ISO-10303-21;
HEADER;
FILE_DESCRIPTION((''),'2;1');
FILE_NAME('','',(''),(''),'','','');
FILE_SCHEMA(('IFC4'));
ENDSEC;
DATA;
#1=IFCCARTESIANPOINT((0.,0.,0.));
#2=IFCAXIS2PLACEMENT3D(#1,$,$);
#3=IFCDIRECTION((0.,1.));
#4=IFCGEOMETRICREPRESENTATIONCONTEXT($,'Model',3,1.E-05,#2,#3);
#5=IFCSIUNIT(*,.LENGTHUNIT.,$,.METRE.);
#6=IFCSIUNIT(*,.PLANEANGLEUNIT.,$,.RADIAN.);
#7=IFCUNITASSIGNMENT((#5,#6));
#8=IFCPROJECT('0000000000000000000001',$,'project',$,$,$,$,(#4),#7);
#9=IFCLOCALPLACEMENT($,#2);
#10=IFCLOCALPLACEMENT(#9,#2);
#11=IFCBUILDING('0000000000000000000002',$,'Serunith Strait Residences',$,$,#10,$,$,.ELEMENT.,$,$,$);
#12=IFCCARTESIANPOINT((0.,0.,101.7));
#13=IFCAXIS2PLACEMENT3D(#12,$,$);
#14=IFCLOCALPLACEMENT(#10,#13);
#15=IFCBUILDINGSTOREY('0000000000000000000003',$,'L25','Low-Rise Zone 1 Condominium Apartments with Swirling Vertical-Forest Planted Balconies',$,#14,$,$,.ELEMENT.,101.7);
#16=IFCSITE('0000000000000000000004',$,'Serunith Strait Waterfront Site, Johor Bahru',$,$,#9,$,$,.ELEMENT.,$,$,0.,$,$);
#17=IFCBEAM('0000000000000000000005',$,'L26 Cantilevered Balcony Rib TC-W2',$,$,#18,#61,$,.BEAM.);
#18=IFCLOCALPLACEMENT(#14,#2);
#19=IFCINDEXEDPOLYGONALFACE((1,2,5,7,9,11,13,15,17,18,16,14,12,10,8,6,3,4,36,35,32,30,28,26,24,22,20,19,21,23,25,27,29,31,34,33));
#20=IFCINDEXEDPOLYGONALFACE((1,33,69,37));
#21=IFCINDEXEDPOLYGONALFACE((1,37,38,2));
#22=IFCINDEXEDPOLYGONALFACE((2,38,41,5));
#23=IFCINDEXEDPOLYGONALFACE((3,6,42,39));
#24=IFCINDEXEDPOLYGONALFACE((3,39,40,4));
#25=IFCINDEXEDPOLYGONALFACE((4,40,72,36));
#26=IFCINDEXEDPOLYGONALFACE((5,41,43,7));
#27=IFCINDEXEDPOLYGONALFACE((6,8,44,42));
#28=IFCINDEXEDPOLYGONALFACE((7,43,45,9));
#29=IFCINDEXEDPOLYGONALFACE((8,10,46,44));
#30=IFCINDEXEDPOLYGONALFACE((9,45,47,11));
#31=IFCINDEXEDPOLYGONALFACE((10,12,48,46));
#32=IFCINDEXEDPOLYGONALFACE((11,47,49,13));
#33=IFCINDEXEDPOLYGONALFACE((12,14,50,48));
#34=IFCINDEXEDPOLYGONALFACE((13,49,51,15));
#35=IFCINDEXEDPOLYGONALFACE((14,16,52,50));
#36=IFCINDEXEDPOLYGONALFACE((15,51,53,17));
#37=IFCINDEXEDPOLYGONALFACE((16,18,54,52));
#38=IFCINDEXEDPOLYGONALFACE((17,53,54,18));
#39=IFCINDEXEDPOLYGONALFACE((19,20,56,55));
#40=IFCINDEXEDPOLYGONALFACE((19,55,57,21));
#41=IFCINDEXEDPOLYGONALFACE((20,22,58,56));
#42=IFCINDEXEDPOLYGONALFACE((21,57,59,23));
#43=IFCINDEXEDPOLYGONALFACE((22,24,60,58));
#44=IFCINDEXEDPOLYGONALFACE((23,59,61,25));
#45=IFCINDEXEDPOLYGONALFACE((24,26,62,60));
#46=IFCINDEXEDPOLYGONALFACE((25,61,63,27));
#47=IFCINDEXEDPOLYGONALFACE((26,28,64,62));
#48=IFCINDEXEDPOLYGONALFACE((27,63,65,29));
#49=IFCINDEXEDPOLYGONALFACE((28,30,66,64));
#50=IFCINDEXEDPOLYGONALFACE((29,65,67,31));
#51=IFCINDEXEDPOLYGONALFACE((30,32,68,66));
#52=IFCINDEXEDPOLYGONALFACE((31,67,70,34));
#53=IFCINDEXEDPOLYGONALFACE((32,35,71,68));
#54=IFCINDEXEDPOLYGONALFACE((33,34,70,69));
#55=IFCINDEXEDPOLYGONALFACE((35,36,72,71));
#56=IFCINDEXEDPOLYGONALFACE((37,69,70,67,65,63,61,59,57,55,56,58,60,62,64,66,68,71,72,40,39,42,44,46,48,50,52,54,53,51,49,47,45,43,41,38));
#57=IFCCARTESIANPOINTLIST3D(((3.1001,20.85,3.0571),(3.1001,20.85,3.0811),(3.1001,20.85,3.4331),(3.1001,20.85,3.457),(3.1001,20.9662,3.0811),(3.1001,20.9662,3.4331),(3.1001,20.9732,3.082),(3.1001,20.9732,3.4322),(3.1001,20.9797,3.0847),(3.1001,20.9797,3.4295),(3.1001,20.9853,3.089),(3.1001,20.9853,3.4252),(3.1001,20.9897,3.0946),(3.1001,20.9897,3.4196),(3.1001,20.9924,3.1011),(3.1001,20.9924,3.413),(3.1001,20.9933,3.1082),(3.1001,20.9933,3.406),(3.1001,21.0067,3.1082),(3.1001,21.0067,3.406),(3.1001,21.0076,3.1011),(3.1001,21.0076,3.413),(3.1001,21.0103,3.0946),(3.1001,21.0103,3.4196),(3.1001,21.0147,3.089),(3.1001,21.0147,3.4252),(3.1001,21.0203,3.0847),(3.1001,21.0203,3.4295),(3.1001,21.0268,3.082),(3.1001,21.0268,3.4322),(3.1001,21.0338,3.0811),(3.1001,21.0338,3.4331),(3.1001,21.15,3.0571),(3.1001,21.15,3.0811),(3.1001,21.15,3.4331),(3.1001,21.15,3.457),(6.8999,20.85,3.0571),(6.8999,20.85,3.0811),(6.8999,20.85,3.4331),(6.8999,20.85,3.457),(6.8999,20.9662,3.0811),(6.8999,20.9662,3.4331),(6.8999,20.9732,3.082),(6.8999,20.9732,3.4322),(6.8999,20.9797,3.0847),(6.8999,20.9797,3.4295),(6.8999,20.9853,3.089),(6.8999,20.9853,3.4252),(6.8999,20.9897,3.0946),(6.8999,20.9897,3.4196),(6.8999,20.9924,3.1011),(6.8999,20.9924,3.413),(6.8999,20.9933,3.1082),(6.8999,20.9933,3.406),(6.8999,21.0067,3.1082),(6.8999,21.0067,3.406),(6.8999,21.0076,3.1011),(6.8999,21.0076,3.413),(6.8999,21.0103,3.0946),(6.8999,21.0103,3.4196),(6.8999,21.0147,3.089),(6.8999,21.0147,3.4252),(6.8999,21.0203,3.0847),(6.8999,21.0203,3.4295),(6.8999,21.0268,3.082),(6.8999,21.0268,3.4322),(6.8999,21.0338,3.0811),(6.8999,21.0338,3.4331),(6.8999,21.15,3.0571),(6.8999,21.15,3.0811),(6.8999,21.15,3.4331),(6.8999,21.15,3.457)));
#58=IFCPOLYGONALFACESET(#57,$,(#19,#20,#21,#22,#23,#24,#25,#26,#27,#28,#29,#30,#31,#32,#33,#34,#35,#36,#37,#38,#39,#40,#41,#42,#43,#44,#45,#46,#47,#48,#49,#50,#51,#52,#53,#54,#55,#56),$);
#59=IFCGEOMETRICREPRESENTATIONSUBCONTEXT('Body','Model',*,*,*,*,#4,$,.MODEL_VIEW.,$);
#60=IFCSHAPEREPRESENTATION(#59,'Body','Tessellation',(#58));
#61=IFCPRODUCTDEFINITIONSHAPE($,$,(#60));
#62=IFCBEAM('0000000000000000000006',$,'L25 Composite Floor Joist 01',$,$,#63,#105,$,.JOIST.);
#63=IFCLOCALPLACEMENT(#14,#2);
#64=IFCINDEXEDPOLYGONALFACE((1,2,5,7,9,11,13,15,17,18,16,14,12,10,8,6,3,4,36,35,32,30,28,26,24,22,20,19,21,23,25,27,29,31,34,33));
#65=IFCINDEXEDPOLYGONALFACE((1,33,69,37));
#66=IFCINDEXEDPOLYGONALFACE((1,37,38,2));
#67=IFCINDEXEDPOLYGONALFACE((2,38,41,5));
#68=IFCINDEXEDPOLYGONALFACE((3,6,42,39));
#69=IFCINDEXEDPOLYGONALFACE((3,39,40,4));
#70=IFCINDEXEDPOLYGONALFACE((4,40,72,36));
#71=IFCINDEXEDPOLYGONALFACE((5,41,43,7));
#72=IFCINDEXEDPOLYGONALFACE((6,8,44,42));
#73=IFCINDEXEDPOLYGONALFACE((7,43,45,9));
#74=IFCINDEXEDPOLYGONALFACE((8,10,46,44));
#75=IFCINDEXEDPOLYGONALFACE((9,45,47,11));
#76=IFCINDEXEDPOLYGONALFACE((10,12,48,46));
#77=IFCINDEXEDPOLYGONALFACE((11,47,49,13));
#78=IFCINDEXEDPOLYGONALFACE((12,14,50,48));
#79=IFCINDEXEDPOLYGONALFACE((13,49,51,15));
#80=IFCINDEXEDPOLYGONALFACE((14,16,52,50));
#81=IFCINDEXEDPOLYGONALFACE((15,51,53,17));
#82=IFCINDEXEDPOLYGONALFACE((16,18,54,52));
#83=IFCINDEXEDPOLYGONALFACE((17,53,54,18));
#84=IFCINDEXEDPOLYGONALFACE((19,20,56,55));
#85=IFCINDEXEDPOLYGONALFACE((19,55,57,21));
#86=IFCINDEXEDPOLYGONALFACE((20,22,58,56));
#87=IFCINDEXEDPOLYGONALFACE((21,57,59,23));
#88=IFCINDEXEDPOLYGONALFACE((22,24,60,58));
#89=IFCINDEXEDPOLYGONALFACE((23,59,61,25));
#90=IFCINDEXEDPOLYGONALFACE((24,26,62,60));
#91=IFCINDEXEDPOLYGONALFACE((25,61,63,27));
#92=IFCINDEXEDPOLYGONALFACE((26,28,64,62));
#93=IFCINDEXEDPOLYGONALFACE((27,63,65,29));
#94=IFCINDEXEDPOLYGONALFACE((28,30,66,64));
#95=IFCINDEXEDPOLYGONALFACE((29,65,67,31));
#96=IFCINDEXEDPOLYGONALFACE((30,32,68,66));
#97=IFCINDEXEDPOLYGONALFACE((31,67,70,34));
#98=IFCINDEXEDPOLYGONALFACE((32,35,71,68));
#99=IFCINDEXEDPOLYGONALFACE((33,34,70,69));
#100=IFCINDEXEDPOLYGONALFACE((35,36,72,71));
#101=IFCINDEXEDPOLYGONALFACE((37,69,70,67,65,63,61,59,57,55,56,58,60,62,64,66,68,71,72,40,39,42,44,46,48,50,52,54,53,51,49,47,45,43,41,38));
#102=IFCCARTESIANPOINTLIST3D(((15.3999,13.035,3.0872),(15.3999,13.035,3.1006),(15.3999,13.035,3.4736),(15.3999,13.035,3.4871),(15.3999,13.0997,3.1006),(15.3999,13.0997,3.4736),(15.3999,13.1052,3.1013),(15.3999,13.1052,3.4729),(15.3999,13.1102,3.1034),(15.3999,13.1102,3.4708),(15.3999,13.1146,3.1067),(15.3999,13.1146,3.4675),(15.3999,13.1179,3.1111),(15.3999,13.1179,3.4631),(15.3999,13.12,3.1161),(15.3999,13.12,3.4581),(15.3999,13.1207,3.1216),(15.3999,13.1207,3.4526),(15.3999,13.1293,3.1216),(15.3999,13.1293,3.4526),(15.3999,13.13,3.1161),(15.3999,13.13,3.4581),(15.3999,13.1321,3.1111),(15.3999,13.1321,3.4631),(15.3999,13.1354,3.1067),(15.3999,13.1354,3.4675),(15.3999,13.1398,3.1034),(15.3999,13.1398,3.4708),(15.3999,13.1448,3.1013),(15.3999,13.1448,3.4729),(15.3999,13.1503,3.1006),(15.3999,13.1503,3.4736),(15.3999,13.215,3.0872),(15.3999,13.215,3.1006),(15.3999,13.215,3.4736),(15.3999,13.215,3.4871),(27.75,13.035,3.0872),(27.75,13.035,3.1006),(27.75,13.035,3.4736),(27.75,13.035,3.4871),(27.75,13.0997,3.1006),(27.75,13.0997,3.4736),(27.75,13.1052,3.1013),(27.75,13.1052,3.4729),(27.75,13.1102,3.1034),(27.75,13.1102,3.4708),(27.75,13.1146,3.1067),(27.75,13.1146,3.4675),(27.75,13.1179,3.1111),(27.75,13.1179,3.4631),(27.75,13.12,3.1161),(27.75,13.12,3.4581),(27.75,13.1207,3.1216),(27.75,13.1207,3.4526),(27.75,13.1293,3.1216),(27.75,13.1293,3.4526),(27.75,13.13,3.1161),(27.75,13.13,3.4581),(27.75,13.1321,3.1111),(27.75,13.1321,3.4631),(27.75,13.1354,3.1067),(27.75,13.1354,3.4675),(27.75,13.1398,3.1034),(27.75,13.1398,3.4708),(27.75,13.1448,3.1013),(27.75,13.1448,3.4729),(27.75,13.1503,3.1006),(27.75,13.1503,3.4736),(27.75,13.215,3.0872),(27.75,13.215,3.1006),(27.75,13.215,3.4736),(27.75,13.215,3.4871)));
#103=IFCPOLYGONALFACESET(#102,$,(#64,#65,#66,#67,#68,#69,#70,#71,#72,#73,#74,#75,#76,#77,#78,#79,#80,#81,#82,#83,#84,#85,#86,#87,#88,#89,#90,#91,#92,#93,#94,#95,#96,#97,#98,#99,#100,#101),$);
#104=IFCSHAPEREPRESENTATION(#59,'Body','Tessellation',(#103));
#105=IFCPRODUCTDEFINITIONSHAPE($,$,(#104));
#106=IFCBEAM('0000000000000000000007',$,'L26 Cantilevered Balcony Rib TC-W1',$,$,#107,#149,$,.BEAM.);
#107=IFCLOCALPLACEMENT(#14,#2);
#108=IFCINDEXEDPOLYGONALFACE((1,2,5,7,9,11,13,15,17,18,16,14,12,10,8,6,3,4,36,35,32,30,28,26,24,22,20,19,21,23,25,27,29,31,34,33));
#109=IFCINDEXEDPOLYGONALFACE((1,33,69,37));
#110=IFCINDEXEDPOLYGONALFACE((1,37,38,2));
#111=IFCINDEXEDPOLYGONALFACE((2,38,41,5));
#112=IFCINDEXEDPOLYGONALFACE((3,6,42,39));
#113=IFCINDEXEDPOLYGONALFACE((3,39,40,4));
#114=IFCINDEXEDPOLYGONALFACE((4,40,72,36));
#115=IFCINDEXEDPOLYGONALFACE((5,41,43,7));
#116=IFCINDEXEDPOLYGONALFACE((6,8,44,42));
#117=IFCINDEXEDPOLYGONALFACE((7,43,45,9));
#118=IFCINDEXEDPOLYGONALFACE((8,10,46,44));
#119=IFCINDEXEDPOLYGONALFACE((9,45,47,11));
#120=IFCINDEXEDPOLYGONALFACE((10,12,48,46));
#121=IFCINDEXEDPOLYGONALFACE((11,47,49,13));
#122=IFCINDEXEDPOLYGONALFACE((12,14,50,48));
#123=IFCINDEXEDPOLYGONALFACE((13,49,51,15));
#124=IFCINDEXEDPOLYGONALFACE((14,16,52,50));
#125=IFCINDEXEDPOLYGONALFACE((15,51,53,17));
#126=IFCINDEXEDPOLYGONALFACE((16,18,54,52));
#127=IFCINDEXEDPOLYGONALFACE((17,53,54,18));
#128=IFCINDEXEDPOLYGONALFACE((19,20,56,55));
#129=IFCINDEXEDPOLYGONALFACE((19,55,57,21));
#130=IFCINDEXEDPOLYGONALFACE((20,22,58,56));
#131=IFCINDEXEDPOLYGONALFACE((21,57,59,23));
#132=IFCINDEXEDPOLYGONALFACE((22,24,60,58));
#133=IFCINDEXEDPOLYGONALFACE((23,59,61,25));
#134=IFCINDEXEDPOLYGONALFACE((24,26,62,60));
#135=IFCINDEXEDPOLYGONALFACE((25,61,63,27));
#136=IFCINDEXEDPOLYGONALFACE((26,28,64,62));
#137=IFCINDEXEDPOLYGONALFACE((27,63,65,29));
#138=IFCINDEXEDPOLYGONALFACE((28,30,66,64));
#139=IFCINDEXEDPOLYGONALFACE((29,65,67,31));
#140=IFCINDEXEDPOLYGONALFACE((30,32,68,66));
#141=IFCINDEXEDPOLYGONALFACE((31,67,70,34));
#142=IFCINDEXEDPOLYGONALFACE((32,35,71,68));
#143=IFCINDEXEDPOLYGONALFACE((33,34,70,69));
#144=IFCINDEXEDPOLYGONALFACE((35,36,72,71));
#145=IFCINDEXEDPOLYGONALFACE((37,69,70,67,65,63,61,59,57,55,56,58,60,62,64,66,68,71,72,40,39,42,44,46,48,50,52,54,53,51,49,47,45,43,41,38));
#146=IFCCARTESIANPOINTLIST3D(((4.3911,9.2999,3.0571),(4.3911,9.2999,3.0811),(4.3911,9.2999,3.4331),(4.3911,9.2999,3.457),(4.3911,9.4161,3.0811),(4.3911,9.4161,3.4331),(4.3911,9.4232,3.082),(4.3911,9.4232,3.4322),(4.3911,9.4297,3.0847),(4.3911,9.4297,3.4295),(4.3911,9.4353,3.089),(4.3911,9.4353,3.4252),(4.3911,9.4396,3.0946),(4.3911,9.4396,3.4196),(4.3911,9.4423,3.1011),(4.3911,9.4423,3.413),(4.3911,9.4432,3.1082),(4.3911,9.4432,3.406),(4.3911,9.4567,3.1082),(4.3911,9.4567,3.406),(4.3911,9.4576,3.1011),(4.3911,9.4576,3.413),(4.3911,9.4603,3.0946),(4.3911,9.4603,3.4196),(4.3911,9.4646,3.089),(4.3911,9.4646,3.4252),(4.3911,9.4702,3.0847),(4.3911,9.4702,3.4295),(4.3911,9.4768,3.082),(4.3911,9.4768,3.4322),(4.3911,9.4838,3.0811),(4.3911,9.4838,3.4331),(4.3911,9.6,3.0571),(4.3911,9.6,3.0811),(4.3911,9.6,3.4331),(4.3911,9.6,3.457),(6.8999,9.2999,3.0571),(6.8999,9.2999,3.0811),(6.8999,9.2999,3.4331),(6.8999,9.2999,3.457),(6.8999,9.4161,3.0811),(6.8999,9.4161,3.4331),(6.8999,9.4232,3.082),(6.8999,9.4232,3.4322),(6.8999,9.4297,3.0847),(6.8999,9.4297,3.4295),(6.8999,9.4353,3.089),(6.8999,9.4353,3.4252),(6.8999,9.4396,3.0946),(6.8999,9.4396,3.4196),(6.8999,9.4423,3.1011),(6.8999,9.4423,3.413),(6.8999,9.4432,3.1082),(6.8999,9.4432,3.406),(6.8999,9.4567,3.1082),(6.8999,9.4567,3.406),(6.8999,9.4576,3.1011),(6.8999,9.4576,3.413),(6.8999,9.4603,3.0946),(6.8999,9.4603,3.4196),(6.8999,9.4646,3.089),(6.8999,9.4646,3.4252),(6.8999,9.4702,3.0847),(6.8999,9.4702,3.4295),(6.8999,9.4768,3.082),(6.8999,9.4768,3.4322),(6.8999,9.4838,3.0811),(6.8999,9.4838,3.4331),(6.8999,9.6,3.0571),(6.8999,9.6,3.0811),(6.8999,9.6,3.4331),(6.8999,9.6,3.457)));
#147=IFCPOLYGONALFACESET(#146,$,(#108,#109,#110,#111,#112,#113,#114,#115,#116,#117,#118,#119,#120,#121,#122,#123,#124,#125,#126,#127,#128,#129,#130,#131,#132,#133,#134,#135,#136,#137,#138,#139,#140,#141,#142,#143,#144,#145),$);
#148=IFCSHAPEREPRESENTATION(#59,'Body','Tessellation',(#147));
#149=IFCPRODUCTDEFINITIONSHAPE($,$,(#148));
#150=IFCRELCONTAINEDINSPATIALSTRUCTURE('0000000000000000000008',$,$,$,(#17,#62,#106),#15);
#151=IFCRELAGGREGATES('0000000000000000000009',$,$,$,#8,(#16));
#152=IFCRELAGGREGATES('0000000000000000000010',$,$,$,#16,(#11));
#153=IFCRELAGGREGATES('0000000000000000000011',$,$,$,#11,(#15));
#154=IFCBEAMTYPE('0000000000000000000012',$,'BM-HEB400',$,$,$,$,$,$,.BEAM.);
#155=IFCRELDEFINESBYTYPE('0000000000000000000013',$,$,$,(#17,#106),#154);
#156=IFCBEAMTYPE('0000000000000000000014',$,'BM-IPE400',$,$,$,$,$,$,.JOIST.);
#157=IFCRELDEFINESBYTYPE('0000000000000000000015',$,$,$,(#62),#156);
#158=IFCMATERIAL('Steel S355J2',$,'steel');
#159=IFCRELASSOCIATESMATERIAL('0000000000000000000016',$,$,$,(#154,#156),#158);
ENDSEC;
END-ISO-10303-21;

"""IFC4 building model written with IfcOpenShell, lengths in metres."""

from ifc_helpers import new_model, si_unit, direction, frame, origin, origin_2d, place, context, subcontext, project, spatial, i_section, extrude, source, transform, mapped, material, material_profile, profile_set, type_object, element, save


model = new_model("IFC4")

# Units and contexts
model_context = context("Model", 3, precision=1e-05, world=origin(), true_north=direction((0.0, 1.0)))
body_context = subcontext(model_context, "Body", "Model", "MODEL_VIEW")
ifc_project = project(units=[si_unit("LENGTHUNIT", "METRE"), si_unit("PLANEANGLEUNIT", "RADIAN")], contexts=[model_context])

# Site, building, storey
site_placement = place(None, origin())
site = spatial("IfcSite", under=ifc_project, at=site_placement, Name="Serunith Strait Waterfront Site, Johor Bahru", CompositionType="ELEMENT", RefElevation=0.0)
building_placement = place(site_placement, origin())
building = spatial("IfcBuilding", under=site, at=building_placement, Name="Serunith Strait Residences", CompositionType="ELEMENT")
storey_placement = place(building_placement, frame((0.0, 0.0, 101.7)))
storey = spatial("IfcBuildingStorey", under=building, at=storey_placement, Name="L25", Description="Low-Rise Zone 1 Condominium Apartments with Swirling Vertical-Forest Planted Balconies", CompositionType="ELEMENT", Elevation=101.7)

# Beams
ifc_material_1 = material(Name="Steel S355J2", Category="steel")
ifc_material_profile_1 = material_profile(ifc_material_1, i_section(OverallWidth=0.3, OverallDepth=0.3999, WebThickness=0.0134, FlangeThickness=0.0239, FilletRadius=0.0271, at=origin_2d()), Name="HEB 400")
ifc_profile_set_1 = profile_set([ifc_material_profile_1], Name="Steel S355J2")
beam_type_1 = type_object("IfcBeamType", Name="BM-HEB400", PredefinedType="BEAM", material=ifc_profile_set_1)
shared_shape_1 = source(origin(), body_context, "Body", "SweptSolid", [
    extrude(i_section(OverallWidth=0.3, OverallDepth=0.3999, WebThickness=0.0134, FlangeThickness=0.0239, FilletRadius=0.0271, at=origin_2d()), origin(), (0.0, 0.0, 1.0), 3.7998),
])
beam_1_placement = place(storey_placement, frame((6.8999, 21.0, 3.2571), z_axis=(-1.0, 0.0, 0.0), x_axis=(0.0, -1.0, 0.0)))
element("IfcBeam", 1, at=beam_1_placement, inside=storey, type_object=beam_type_1, Name="L26 Cantilevered Balcony Rib TC-W2", PredefinedType="BEAM", context=body_context, shape_type="MappedRepresentation", body=[
    mapped(shared_shape_1, transform((0.0, 0.0, 0.0), scale=1.0)),
])
ifc_material_profile_2 = material_profile(ifc_material_1, i_section(OverallWidth=0.1799, OverallDepth=0.3999, WebThickness=0.0085, FlangeThickness=0.0134, FilletRadius=0.021, at=origin_2d()), Name="IPE 400")
ifc_profile_set_2 = profile_set([ifc_material_profile_2], Name="Steel S355J2")
beam_type_2 = type_object("IfcBeamType", Name="BM-IPE400", PredefinedType="JOIST", material=ifc_profile_set_2)
shared_shape_2 = source(origin(), body_context, "Body", "SweptSolid", [
    extrude(i_section(OverallWidth=0.1799, OverallDepth=0.3999, WebThickness=0.0085, FlangeThickness=0.0134, FilletRadius=0.021, at=origin_2d()), origin(), (0.0, 0.0, 1.0), 12.3501),
])
beam_2_placement = place(storey_placement, frame((15.3999, 13.125, 3.2871), z_axis=(1.0, 0.0, 0.0), x_axis=(0.0, 1.0, 0.0)))
element("IfcBeam", 2, at=beam_2_placement, inside=storey, type_object=beam_type_2, Name="L25 Composite Floor Joist 01", PredefinedType="JOIST", context=body_context, shape_type="MappedRepresentation", body=[
    mapped(shared_shape_2, transform((0.0, 0.0, 0.0), scale=1.0)),
])
shared_shape_3 = source(origin(), body_context, "Body", "SweptSolid", [
    extrude(i_section(OverallWidth=0.3, OverallDepth=0.3999, WebThickness=0.0134, FlangeThickness=0.0239, FilletRadius=0.0271, at=origin_2d()), origin(), (0.0, 0.0, 1.0), 2.5088),
])
beam_3_placement = place(storey_placement, frame((6.8999, 9.45, 3.2571), z_axis=(-1.0, 0.0, 0.0), x_axis=(0.0, -1.0, 0.0)))
element("IfcBeam", 3, at=beam_3_placement, inside=storey, type_object=beam_type_1, Name="L26 Cantilevered Balcony Rib TC-W1", PredefinedType="BEAM", context=body_context, shape_type="MappedRepresentation", body=[
    mapped(shared_shape_3, transform((0.0, 0.0, 0.0), scale=1.0)),
])

save(model, "model.ifc")
